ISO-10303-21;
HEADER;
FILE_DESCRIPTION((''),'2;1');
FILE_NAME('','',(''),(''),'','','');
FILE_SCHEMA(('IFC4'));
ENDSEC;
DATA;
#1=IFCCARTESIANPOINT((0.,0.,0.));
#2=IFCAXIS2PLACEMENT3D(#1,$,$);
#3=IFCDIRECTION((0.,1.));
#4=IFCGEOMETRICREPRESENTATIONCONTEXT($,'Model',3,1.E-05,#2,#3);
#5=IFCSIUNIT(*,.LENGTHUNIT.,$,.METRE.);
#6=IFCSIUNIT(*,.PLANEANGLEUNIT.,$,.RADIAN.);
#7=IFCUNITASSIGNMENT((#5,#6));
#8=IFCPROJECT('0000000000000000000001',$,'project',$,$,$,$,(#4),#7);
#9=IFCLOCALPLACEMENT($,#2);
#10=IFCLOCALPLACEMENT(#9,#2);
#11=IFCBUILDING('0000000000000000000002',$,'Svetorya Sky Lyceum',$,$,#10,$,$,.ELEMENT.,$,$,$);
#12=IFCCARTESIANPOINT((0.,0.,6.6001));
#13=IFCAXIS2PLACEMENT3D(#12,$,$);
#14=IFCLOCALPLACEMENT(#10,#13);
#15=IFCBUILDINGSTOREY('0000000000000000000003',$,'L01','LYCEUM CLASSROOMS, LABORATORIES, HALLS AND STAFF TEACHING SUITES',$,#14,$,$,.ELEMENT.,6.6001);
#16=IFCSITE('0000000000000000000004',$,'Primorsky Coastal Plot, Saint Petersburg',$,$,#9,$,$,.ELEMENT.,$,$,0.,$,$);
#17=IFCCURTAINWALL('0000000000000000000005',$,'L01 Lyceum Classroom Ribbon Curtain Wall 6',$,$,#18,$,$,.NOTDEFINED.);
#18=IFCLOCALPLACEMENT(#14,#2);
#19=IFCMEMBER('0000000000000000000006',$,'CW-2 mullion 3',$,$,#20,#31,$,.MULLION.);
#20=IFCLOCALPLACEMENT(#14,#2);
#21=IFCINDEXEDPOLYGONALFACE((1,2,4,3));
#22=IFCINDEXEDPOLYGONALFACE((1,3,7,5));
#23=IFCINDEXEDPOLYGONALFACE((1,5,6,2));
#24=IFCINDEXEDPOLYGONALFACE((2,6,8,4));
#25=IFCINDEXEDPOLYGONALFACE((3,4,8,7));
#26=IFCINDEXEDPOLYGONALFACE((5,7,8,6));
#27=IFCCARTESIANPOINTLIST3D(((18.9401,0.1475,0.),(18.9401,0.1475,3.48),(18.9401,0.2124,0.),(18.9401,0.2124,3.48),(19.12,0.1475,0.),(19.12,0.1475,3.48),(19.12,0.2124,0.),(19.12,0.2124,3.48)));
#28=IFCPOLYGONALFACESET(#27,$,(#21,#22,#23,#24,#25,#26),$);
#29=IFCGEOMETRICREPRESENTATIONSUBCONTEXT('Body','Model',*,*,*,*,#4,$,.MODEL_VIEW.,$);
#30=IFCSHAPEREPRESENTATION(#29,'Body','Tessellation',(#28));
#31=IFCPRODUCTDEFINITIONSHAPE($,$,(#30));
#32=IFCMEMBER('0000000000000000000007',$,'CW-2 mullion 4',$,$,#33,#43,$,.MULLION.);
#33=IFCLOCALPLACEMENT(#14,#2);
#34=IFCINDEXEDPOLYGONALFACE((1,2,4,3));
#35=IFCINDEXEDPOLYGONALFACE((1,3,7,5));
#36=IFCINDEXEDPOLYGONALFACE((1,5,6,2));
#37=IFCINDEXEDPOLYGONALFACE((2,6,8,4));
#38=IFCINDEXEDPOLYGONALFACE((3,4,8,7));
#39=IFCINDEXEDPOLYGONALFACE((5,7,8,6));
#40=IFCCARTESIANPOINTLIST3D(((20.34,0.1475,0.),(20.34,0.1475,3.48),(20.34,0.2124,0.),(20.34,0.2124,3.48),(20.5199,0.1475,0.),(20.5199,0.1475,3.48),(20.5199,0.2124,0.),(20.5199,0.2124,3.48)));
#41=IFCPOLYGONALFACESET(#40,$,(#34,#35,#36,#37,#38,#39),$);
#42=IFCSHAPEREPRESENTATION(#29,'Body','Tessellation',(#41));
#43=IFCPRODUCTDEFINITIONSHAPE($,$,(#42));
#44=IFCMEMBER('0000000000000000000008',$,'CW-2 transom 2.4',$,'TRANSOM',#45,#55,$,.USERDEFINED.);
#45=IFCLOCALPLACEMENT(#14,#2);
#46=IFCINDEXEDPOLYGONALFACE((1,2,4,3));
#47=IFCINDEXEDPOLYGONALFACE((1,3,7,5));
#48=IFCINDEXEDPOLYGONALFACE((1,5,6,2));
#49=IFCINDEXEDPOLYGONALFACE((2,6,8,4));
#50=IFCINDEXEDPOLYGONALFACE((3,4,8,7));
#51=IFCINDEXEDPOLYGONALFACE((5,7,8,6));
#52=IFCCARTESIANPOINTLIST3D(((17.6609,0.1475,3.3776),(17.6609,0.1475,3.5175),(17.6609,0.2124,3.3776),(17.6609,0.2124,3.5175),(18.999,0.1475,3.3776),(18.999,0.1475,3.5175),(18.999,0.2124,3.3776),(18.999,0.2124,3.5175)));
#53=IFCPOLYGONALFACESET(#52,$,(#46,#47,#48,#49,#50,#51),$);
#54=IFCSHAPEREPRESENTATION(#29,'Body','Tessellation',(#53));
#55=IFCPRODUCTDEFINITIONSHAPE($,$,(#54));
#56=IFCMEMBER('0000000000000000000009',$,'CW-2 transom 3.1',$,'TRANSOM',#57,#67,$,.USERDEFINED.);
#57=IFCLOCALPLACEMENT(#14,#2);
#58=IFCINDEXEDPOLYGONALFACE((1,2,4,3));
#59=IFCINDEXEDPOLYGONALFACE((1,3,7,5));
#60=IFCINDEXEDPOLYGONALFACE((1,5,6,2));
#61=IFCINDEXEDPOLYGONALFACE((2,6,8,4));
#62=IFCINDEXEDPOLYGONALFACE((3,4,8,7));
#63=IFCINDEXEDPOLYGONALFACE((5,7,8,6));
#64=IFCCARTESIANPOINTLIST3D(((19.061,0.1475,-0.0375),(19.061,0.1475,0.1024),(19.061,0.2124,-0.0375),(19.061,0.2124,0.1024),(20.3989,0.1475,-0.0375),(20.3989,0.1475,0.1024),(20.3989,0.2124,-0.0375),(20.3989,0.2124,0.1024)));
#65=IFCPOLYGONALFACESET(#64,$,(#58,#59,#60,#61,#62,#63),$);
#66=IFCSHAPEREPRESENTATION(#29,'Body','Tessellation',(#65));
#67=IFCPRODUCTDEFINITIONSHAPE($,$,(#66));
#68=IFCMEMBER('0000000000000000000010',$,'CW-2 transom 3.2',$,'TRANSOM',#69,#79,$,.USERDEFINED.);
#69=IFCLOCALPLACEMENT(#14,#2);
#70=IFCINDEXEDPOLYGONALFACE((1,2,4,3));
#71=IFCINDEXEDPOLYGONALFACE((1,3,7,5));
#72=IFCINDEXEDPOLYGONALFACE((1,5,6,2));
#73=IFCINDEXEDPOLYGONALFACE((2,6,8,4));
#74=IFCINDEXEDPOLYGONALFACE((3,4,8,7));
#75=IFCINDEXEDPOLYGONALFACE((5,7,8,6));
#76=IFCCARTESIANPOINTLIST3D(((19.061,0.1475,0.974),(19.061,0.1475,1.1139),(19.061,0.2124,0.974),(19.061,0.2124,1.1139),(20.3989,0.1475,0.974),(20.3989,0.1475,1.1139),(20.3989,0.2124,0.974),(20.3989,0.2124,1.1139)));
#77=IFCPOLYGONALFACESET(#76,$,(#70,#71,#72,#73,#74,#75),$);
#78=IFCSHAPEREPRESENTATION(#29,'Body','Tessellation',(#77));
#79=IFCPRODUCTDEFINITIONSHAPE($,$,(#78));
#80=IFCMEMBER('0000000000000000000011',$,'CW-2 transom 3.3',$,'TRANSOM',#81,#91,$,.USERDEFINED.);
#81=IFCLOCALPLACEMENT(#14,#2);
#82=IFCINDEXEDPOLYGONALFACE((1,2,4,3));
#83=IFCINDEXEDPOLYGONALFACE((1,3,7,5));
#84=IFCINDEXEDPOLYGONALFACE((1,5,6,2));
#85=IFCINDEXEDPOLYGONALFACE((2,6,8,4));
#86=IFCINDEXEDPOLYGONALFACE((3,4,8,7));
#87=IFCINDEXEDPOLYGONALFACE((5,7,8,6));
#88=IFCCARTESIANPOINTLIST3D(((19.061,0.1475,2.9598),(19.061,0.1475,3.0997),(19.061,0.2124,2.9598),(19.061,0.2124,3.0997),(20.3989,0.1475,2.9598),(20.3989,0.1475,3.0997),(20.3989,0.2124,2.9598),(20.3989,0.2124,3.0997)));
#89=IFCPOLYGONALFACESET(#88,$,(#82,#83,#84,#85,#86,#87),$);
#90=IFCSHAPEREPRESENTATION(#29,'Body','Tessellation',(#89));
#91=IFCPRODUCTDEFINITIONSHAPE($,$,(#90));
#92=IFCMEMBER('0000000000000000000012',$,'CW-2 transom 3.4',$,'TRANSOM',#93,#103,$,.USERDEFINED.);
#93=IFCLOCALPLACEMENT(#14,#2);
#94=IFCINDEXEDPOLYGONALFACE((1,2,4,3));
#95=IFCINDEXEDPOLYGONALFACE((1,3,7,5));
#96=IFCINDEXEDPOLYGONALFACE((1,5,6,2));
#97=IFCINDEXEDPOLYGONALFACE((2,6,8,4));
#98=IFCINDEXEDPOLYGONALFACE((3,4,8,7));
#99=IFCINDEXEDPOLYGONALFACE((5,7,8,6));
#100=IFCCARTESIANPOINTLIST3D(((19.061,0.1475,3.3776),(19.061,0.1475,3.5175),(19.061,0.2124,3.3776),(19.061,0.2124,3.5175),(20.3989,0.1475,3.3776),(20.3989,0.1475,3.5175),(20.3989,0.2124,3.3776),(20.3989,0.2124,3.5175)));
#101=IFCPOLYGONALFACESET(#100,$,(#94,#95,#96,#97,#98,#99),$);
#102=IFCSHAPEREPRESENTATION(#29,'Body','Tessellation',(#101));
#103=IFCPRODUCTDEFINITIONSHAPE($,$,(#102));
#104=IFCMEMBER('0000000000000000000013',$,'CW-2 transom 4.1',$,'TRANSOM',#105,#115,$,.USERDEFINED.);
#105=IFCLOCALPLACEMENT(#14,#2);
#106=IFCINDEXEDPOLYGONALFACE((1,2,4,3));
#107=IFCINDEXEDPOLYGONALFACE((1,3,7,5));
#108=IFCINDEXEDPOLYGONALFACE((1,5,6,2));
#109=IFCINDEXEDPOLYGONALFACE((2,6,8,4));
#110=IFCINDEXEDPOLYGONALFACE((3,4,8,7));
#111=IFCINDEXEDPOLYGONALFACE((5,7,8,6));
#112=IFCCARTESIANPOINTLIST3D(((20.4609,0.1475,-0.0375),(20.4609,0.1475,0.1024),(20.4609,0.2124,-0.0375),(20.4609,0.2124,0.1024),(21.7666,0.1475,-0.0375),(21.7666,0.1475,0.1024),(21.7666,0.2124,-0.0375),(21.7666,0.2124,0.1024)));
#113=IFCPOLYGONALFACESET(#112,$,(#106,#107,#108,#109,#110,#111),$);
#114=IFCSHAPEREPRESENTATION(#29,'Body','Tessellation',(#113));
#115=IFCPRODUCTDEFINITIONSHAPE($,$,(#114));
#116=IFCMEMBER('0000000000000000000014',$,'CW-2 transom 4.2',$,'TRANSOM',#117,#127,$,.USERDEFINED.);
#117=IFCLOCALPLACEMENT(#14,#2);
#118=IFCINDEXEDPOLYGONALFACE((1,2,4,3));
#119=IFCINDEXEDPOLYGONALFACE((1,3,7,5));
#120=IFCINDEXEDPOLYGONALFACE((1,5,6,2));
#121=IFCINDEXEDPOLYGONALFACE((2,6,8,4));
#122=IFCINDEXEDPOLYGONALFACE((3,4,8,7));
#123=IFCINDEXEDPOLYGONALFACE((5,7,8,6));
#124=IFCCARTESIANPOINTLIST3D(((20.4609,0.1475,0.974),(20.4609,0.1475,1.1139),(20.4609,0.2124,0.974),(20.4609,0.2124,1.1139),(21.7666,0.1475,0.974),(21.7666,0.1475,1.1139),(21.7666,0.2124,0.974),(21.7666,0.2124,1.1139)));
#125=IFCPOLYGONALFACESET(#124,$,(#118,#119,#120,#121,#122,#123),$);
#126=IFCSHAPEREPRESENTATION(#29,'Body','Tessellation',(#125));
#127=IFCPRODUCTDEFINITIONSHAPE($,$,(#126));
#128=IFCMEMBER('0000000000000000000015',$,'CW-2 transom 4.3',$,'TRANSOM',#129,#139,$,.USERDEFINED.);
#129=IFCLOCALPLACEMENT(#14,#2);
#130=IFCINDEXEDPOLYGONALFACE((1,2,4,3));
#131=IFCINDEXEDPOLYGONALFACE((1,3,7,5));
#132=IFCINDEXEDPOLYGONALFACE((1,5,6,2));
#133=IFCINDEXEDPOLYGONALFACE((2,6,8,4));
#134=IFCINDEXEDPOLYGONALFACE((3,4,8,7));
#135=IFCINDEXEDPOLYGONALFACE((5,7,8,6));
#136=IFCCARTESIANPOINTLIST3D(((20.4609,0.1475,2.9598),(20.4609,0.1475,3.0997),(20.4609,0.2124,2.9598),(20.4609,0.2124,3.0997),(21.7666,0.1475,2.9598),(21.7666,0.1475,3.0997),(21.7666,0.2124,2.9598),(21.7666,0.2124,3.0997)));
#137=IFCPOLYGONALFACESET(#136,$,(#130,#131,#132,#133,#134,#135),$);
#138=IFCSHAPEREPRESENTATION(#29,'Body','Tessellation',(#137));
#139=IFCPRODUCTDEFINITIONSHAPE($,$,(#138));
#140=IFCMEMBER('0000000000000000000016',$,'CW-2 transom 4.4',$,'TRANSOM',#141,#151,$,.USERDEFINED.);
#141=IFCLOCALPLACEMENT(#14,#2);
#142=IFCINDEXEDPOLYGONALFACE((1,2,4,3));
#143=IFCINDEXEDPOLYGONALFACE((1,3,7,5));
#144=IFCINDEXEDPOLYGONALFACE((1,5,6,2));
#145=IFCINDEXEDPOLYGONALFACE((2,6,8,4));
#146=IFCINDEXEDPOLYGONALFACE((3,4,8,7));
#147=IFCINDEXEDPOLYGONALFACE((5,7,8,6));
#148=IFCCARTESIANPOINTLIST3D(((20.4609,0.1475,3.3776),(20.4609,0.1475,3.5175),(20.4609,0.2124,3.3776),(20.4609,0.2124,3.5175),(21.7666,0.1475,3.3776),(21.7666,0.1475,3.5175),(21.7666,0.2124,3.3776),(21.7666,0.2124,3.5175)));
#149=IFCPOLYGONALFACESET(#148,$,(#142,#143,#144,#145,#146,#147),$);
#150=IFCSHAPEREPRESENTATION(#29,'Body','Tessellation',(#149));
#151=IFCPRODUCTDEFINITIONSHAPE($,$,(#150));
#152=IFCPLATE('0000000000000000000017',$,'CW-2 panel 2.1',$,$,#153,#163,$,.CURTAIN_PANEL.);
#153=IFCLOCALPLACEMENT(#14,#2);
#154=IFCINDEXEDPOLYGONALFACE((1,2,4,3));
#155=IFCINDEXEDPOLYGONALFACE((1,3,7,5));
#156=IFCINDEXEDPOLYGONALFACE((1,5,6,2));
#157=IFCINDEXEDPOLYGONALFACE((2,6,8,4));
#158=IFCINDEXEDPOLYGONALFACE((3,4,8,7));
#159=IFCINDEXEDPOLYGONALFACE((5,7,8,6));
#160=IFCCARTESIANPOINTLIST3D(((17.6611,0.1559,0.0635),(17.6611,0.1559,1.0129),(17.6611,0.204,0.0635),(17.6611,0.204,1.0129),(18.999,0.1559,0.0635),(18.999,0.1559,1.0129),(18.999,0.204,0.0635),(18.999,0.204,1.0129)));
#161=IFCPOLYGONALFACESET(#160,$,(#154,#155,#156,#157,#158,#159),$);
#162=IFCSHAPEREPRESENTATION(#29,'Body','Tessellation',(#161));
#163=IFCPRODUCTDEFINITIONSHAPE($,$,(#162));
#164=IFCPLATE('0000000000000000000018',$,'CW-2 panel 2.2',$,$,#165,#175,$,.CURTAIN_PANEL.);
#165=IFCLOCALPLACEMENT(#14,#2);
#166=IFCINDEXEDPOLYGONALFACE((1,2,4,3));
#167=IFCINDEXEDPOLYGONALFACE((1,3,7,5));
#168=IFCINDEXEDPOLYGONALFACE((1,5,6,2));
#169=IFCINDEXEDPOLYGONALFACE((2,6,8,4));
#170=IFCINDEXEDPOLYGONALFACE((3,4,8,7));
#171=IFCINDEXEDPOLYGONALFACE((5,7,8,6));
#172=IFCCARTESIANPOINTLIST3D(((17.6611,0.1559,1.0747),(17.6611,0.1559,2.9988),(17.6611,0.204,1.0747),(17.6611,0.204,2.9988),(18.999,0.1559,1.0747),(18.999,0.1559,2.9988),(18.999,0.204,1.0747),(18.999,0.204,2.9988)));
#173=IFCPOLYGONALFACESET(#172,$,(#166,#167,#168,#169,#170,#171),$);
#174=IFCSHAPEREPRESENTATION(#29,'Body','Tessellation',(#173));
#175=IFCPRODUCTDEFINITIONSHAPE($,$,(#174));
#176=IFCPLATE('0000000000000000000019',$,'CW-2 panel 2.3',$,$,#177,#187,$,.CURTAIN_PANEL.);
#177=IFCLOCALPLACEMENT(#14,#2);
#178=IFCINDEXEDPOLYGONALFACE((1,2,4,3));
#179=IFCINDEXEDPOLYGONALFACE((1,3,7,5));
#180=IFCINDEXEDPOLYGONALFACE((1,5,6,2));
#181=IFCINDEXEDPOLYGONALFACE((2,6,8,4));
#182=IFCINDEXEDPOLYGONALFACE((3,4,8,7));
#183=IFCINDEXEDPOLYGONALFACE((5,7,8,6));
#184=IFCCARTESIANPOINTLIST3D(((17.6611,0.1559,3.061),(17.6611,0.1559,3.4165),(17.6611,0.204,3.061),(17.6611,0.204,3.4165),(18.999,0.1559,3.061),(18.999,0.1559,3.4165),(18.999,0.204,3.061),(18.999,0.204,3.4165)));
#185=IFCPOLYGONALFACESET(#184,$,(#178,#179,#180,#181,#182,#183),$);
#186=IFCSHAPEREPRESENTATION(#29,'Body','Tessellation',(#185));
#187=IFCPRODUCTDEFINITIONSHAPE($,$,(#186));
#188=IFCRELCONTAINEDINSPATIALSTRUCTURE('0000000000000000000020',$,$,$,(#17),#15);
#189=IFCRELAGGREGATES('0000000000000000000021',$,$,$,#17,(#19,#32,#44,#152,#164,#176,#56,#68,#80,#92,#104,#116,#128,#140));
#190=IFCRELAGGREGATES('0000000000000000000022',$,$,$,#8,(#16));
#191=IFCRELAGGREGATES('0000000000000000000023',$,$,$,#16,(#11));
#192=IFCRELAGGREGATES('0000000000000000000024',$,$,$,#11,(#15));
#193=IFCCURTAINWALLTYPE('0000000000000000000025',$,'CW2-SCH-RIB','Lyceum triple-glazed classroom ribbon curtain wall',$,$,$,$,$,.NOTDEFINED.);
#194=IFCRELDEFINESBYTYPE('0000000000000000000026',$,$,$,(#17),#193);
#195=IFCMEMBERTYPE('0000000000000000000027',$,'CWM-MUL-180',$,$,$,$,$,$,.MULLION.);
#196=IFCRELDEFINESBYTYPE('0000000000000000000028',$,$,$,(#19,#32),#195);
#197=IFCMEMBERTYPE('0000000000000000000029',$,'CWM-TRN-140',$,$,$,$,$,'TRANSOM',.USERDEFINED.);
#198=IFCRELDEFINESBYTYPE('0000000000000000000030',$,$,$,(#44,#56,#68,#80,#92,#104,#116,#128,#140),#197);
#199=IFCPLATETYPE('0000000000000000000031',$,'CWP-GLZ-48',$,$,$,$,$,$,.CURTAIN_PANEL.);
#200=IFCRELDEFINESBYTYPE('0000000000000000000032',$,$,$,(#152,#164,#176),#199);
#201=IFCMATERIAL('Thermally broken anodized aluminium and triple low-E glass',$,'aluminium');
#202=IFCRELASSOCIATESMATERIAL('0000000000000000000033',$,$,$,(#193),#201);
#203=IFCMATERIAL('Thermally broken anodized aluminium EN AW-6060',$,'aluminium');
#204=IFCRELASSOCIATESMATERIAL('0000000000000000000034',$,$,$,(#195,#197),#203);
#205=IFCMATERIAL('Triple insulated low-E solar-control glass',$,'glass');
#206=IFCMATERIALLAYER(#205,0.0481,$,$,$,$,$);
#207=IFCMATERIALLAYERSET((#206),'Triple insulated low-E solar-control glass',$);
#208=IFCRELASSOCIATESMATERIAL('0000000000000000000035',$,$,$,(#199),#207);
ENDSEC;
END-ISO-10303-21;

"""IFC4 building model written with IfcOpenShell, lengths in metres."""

from ifc_helpers import new_model, si_unit, direction, frame, origin, origin_2d, place, context, subcontext, project, spatial, rectangle, extrude, material, layer, layer_set, material_profile, profile_set, type_object, element, aggregate, save


model = new_model("IFC4")

# Units and contexts
model_context = context("Model", 3, precision=1e-05, world=origin(), true_north=direction((0.0, 1.0)))
body_context = subcontext(model_context, "Body", "Model", "MODEL_VIEW")
ifc_project = project(units=[si_unit("LENGTHUNIT", "METRE"), si_unit("PLANEANGLEUNIT", "RADIAN")], contexts=[model_context])

# Site, building, storey
site_placement = place(None, origin())
site = spatial("IfcSite", under=ifc_project, at=site_placement, Name="Primorsky Coastal Plot, Saint Petersburg", CompositionType="ELEMENT", RefElevation=0.0)
building_placement = place(site_placement, origin())
building = spatial("IfcBuilding", under=site, at=building_placement, Name="Svetorya Sky Lyceum", CompositionType="ELEMENT")
storey_placement = place(building_placement, frame((0.0, 0.0, 6.6001)))
storey = spatial("IfcBuildingStorey", under=building, at=storey_placement, Name="L01", Description="LYCEUM CLASSROOMS, LABORATORIES, HALLS AND STAFF TEACHING SUITES", CompositionType="ELEMENT", Elevation=6.6001)

# Curtain wall, members, plates
ifc_material_1 = material(Name="Thermally broken anodized aluminium and triple low-E glass", Category="aluminium")
curtain_wall_type = type_object("IfcCurtainWallType", Name="CW2-SCH-RIB", Description="Lyceum triple-glazed classroom ribbon curtain wall", PredefinedType="NOTDEFINED", material=ifc_material_1)
curtain_wall_placement = place(storey_placement, origin())
curtain_wall = element("IfcCurtainWall", 1, at=curtain_wall_placement, inside=storey, type_object=curtain_wall_type, Name="L01 Lyceum Classroom Ribbon Curtain Wall 6", PredefinedType="NOTDEFINED")
ifc_material_2 = material(Name="Thermally broken anodized aluminium EN AW-6060", Category="aluminium")
ifc_material_profile_1 = material_profile(ifc_material_2, rectangle(XDim=0.0649, YDim=0.1799, at=origin_2d()), Name="ALU MULLION 65x180")
ifc_profile_set_1 = profile_set([ifc_material_profile_1], Name="Thermally broken anodized aluminium EN AW-6060")
member_type_1 = type_object("IfcMemberType", Name="CWM-MUL-180", PredefinedType="MULLION", material=ifc_profile_set_1)
member_1_placement = place(storey_placement, frame((19.03, 0.1799, 0.0), z_axis=(0.0, 0.0, 1.0), x_axis=(0.0, 1.0, 0.0)))
member_1 = element("IfcMember", 2, at=member_1_placement, type_object=member_type_1, Name="CW-2 mullion 3", PredefinedType="MULLION", context=body_context, shape_type="SweptSolid", body=[
    extrude(rectangle(XDim=0.0649, YDim=0.1799, at=origin_2d()), origin(), (0.0, 0.0, 1.0), 3.48),
])
member_2_placement = place(storey_placement, frame((20.4299, 0.1799, 0.0), z_axis=(0.0, 0.0, 1.0), x_axis=(0.0, 1.0, 0.0)))
member_2 = element("IfcMember", 3, at=member_2_placement, type_object=member_type_1, Name="CW-2 mullion 4", PredefinedType="MULLION", context=body_context, shape_type="SweptSolid", body=[
    extrude(rectangle(XDim=0.0649, YDim=0.1799, at=origin_2d()), origin(), (0.0, 0.0, 1.0), 3.48),
])
ifc_material_profile_2 = material_profile(ifc_material_2, rectangle(XDim=0.0649, YDim=0.1399, at=origin_2d()), Name="ALU TRANSOM 65x140")
ifc_profile_set_2 = profile_set([ifc_material_profile_2], Name="Thermally broken anodized aluminium EN AW-6060")
member_type_2 = type_object("IfcMemberType", Name="CWM-TRN-140", ElementType="TRANSOM", PredefinedType="USERDEFINED", material=ifc_profile_set_2)
member_3_placement = place(storey_placement, frame((17.6609, 0.1799, 3.4475), z_axis=(1.0, 0.0, 0.0), x_axis=(0.0, 1.0, 0.0)))
member_3 = element("IfcMember", 4, at=member_3_placement, type_object=member_type_2, Name="CW-2 transom 2.4", ObjectType="TRANSOM", PredefinedType="USERDEFINED", context=body_context, shape_type="SweptSolid", body=[
    extrude(rectangle(XDim=0.0649, YDim=0.1399, at=origin_2d()), origin(), (0.0, 0.0, 1.0), 1.3381),
])
member_4_placement = place(storey_placement, frame((19.061, 0.1799, 0.0325), z_axis=(1.0, 0.0, 0.0), x_axis=(0.0, 1.0, 0.0)))
member_4 = element("IfcMember", 5, at=member_4_placement, type_object=member_type_2, Name="CW-2 transom 3.1", ObjectType="TRANSOM", PredefinedType="USERDEFINED", context=body_context, shape_type="SweptSolid", body=[
    extrude(rectangle(XDim=0.0649, YDim=0.1399, at=origin_2d()), origin(), (0.0, 0.0, 1.0), 1.3379),
])
member_5_placement = place(storey_placement, frame((19.061, 0.1799, 1.0439), z_axis=(1.0, 0.0, 0.0), x_axis=(0.0, 1.0, 0.0)))
member_5 = element("IfcMember", 6, at=member_5_placement, type_object=member_type_2, Name="CW-2 transom 3.2", ObjectType="TRANSOM", PredefinedType="USERDEFINED", context=body_context, shape_type="SweptSolid", body=[
    extrude(rectangle(XDim=0.0649, YDim=0.1399, at=origin_2d()), origin(), (0.0, 0.0, 1.0), 1.3379),
])
member_6_placement = place(storey_placement, frame((19.061, 0.1799, 3.0298), z_axis=(1.0, 0.0, 0.0), x_axis=(0.0, 1.0, 0.0)))
member_6 = element("IfcMember", 7, at=member_6_placement, type_object=member_type_2, Name="CW-2 transom 3.3", ObjectType="TRANSOM", PredefinedType="USERDEFINED", context=body_context, shape_type="SweptSolid", body=[
    extrude(rectangle(XDim=0.0649, YDim=0.1399, at=origin_2d()), origin(), (0.0, 0.0, 1.0), 1.3379),
])
member_7_placement = place(storey_placement, frame((19.061, 0.1799, 3.4475), z_axis=(1.0, 0.0, 0.0), x_axis=(0.0, 1.0, 0.0)))
member_7 = element("IfcMember", 8, at=member_7_placement, type_object=member_type_2, Name="CW-2 transom 3.4", ObjectType="TRANSOM", PredefinedType="USERDEFINED", context=body_context, shape_type="SweptSolid", body=[
    extrude(rectangle(XDim=0.0649, YDim=0.1399, at=origin_2d()), origin(), (0.0, 0.0, 1.0), 1.3379),
])
member_8_placement = place(storey_placement, frame((20.4609, 0.1799, 0.0325), z_axis=(1.0, 0.0, 0.0), x_axis=(0.0, 1.0, 0.0)))
member_8 = element("IfcMember", 9, at=member_8_placement, type_object=member_type_2, Name="CW-2 transom 4.1", ObjectType="TRANSOM", PredefinedType="USERDEFINED", context=body_context, shape_type="SweptSolid", body=[
    extrude(rectangle(XDim=0.0649, YDim=0.1399, at=origin_2d()), origin(), (0.0, 0.0, 1.0), 1.3057),
])
member_9_placement = place(storey_placement, frame((20.4609, 0.1799, 1.0439), z_axis=(1.0, 0.0, 0.0), x_axis=(0.0, 1.0, 0.0)))
member_9 = element("IfcMember", 10, at=member_9_placement, type_object=member_type_2, Name="CW-2 transom 4.2", ObjectType="TRANSOM", PredefinedType="USERDEFINED", context=body_context, shape_type="SweptSolid", body=[
    extrude(rectangle(XDim=0.0649, YDim=0.1399, at=origin_2d()), origin(), (0.0, 0.0, 1.0), 1.3057),
])
member_10_placement = place(storey_placement, frame((20.4609, 0.1799, 3.0298), z_axis=(1.0, 0.0, 0.0), x_axis=(0.0, 1.0, 0.0)))
member_10 = element("IfcMember", 11, at=member_10_placement, type_object=member_type_2, Name="CW-2 transom 4.3", ObjectType="TRANSOM", PredefinedType="USERDEFINED", context=body_context, shape_type="SweptSolid", body=[
    extrude(rectangle(XDim=0.0649, YDim=0.1399, at=origin_2d()), origin(), (0.0, 0.0, 1.0), 1.3057),
])
member_11_placement = place(storey_placement, frame((20.4609, 0.1799, 3.4475), z_axis=(1.0, 0.0, 0.0), x_axis=(0.0, 1.0, 0.0)))
member_11 = element("IfcMember", 12, at=member_11_placement, type_object=member_type_2, Name="CW-2 transom 4.4", ObjectType="TRANSOM", PredefinedType="USERDEFINED", context=body_context, shape_type="SweptSolid", body=[
    extrude(rectangle(XDim=0.0649, YDim=0.1399, at=origin_2d()), origin(), (0.0, 0.0, 1.0), 1.3057),
])
ifc_material_3 = material(Name="Triple insulated low-E solar-control glass", Category="glass")
ifc_layer = layer(ifc_material_3, 0.0481)
ifc_layer_set = layer_set([ifc_layer], Name="Triple insulated low-E solar-control glass")
plate_type = type_object("IfcPlateType", Name="CWP-GLZ-48", PredefinedType="CURTAIN_PANEL", material=ifc_layer_set)
plate_1_placement = place(storey_placement, frame((18.3301, 0.1799, 0.0635), z_axis=(0.0, 0.0, 1.0), x_axis=(1.0, 0.0, 0.0)))
plate_1 = element("IfcPlate", 13, at=plate_1_placement, type_object=plate_type, Name="CW-2 panel 2.1", PredefinedType="CURTAIN_PANEL", context=body_context, shape_type="SweptSolid", body=[
    extrude(rectangle(XDim=1.3379, YDim=0.0481, at=origin_2d()), origin(), (0.0, 0.0, 1.0), 0.9495),
])
plate_2_placement = place(storey_placement, frame((18.3301, 0.1799, 1.0747), z_axis=(0.0, 0.0, 1.0), x_axis=(1.0, 0.0, 0.0)))
plate_2 = element("IfcPlate", 14, at=plate_2_placement, type_object=plate_type, Name="CW-2 panel 2.2", PredefinedType="CURTAIN_PANEL", context=body_context, shape_type="SweptSolid", body=[
    extrude(rectangle(XDim=1.3379, YDim=0.0481, at=origin_2d()), origin(), (0.0, 0.0, 1.0), 1.9241),
])
plate_3_placement = place(storey_placement, frame((18.3301, 0.1799, 3.061), z_axis=(0.0, 0.0, 1.0), x_axis=(1.0, 0.0, 0.0)))
plate_3 = element("IfcPlate", 15, at=plate_3_placement, type_object=plate_type, Name="CW-2 panel 2.3", PredefinedType="CURTAIN_PANEL", context=body_context, shape_type="SweptSolid", body=[
    extrude(rectangle(XDim=1.3379, YDim=0.0481, at=origin_2d()), origin(), (0.0, 0.0, 1.0), 0.3555),
])
aggregate(curtain_wall, [member_1, member_2, member_3, plate_1, plate_2, plate_3, member_4, member_5, member_6, member_7, member_8, member_9, member_10, member_11])

save(model, "model.ifc")
